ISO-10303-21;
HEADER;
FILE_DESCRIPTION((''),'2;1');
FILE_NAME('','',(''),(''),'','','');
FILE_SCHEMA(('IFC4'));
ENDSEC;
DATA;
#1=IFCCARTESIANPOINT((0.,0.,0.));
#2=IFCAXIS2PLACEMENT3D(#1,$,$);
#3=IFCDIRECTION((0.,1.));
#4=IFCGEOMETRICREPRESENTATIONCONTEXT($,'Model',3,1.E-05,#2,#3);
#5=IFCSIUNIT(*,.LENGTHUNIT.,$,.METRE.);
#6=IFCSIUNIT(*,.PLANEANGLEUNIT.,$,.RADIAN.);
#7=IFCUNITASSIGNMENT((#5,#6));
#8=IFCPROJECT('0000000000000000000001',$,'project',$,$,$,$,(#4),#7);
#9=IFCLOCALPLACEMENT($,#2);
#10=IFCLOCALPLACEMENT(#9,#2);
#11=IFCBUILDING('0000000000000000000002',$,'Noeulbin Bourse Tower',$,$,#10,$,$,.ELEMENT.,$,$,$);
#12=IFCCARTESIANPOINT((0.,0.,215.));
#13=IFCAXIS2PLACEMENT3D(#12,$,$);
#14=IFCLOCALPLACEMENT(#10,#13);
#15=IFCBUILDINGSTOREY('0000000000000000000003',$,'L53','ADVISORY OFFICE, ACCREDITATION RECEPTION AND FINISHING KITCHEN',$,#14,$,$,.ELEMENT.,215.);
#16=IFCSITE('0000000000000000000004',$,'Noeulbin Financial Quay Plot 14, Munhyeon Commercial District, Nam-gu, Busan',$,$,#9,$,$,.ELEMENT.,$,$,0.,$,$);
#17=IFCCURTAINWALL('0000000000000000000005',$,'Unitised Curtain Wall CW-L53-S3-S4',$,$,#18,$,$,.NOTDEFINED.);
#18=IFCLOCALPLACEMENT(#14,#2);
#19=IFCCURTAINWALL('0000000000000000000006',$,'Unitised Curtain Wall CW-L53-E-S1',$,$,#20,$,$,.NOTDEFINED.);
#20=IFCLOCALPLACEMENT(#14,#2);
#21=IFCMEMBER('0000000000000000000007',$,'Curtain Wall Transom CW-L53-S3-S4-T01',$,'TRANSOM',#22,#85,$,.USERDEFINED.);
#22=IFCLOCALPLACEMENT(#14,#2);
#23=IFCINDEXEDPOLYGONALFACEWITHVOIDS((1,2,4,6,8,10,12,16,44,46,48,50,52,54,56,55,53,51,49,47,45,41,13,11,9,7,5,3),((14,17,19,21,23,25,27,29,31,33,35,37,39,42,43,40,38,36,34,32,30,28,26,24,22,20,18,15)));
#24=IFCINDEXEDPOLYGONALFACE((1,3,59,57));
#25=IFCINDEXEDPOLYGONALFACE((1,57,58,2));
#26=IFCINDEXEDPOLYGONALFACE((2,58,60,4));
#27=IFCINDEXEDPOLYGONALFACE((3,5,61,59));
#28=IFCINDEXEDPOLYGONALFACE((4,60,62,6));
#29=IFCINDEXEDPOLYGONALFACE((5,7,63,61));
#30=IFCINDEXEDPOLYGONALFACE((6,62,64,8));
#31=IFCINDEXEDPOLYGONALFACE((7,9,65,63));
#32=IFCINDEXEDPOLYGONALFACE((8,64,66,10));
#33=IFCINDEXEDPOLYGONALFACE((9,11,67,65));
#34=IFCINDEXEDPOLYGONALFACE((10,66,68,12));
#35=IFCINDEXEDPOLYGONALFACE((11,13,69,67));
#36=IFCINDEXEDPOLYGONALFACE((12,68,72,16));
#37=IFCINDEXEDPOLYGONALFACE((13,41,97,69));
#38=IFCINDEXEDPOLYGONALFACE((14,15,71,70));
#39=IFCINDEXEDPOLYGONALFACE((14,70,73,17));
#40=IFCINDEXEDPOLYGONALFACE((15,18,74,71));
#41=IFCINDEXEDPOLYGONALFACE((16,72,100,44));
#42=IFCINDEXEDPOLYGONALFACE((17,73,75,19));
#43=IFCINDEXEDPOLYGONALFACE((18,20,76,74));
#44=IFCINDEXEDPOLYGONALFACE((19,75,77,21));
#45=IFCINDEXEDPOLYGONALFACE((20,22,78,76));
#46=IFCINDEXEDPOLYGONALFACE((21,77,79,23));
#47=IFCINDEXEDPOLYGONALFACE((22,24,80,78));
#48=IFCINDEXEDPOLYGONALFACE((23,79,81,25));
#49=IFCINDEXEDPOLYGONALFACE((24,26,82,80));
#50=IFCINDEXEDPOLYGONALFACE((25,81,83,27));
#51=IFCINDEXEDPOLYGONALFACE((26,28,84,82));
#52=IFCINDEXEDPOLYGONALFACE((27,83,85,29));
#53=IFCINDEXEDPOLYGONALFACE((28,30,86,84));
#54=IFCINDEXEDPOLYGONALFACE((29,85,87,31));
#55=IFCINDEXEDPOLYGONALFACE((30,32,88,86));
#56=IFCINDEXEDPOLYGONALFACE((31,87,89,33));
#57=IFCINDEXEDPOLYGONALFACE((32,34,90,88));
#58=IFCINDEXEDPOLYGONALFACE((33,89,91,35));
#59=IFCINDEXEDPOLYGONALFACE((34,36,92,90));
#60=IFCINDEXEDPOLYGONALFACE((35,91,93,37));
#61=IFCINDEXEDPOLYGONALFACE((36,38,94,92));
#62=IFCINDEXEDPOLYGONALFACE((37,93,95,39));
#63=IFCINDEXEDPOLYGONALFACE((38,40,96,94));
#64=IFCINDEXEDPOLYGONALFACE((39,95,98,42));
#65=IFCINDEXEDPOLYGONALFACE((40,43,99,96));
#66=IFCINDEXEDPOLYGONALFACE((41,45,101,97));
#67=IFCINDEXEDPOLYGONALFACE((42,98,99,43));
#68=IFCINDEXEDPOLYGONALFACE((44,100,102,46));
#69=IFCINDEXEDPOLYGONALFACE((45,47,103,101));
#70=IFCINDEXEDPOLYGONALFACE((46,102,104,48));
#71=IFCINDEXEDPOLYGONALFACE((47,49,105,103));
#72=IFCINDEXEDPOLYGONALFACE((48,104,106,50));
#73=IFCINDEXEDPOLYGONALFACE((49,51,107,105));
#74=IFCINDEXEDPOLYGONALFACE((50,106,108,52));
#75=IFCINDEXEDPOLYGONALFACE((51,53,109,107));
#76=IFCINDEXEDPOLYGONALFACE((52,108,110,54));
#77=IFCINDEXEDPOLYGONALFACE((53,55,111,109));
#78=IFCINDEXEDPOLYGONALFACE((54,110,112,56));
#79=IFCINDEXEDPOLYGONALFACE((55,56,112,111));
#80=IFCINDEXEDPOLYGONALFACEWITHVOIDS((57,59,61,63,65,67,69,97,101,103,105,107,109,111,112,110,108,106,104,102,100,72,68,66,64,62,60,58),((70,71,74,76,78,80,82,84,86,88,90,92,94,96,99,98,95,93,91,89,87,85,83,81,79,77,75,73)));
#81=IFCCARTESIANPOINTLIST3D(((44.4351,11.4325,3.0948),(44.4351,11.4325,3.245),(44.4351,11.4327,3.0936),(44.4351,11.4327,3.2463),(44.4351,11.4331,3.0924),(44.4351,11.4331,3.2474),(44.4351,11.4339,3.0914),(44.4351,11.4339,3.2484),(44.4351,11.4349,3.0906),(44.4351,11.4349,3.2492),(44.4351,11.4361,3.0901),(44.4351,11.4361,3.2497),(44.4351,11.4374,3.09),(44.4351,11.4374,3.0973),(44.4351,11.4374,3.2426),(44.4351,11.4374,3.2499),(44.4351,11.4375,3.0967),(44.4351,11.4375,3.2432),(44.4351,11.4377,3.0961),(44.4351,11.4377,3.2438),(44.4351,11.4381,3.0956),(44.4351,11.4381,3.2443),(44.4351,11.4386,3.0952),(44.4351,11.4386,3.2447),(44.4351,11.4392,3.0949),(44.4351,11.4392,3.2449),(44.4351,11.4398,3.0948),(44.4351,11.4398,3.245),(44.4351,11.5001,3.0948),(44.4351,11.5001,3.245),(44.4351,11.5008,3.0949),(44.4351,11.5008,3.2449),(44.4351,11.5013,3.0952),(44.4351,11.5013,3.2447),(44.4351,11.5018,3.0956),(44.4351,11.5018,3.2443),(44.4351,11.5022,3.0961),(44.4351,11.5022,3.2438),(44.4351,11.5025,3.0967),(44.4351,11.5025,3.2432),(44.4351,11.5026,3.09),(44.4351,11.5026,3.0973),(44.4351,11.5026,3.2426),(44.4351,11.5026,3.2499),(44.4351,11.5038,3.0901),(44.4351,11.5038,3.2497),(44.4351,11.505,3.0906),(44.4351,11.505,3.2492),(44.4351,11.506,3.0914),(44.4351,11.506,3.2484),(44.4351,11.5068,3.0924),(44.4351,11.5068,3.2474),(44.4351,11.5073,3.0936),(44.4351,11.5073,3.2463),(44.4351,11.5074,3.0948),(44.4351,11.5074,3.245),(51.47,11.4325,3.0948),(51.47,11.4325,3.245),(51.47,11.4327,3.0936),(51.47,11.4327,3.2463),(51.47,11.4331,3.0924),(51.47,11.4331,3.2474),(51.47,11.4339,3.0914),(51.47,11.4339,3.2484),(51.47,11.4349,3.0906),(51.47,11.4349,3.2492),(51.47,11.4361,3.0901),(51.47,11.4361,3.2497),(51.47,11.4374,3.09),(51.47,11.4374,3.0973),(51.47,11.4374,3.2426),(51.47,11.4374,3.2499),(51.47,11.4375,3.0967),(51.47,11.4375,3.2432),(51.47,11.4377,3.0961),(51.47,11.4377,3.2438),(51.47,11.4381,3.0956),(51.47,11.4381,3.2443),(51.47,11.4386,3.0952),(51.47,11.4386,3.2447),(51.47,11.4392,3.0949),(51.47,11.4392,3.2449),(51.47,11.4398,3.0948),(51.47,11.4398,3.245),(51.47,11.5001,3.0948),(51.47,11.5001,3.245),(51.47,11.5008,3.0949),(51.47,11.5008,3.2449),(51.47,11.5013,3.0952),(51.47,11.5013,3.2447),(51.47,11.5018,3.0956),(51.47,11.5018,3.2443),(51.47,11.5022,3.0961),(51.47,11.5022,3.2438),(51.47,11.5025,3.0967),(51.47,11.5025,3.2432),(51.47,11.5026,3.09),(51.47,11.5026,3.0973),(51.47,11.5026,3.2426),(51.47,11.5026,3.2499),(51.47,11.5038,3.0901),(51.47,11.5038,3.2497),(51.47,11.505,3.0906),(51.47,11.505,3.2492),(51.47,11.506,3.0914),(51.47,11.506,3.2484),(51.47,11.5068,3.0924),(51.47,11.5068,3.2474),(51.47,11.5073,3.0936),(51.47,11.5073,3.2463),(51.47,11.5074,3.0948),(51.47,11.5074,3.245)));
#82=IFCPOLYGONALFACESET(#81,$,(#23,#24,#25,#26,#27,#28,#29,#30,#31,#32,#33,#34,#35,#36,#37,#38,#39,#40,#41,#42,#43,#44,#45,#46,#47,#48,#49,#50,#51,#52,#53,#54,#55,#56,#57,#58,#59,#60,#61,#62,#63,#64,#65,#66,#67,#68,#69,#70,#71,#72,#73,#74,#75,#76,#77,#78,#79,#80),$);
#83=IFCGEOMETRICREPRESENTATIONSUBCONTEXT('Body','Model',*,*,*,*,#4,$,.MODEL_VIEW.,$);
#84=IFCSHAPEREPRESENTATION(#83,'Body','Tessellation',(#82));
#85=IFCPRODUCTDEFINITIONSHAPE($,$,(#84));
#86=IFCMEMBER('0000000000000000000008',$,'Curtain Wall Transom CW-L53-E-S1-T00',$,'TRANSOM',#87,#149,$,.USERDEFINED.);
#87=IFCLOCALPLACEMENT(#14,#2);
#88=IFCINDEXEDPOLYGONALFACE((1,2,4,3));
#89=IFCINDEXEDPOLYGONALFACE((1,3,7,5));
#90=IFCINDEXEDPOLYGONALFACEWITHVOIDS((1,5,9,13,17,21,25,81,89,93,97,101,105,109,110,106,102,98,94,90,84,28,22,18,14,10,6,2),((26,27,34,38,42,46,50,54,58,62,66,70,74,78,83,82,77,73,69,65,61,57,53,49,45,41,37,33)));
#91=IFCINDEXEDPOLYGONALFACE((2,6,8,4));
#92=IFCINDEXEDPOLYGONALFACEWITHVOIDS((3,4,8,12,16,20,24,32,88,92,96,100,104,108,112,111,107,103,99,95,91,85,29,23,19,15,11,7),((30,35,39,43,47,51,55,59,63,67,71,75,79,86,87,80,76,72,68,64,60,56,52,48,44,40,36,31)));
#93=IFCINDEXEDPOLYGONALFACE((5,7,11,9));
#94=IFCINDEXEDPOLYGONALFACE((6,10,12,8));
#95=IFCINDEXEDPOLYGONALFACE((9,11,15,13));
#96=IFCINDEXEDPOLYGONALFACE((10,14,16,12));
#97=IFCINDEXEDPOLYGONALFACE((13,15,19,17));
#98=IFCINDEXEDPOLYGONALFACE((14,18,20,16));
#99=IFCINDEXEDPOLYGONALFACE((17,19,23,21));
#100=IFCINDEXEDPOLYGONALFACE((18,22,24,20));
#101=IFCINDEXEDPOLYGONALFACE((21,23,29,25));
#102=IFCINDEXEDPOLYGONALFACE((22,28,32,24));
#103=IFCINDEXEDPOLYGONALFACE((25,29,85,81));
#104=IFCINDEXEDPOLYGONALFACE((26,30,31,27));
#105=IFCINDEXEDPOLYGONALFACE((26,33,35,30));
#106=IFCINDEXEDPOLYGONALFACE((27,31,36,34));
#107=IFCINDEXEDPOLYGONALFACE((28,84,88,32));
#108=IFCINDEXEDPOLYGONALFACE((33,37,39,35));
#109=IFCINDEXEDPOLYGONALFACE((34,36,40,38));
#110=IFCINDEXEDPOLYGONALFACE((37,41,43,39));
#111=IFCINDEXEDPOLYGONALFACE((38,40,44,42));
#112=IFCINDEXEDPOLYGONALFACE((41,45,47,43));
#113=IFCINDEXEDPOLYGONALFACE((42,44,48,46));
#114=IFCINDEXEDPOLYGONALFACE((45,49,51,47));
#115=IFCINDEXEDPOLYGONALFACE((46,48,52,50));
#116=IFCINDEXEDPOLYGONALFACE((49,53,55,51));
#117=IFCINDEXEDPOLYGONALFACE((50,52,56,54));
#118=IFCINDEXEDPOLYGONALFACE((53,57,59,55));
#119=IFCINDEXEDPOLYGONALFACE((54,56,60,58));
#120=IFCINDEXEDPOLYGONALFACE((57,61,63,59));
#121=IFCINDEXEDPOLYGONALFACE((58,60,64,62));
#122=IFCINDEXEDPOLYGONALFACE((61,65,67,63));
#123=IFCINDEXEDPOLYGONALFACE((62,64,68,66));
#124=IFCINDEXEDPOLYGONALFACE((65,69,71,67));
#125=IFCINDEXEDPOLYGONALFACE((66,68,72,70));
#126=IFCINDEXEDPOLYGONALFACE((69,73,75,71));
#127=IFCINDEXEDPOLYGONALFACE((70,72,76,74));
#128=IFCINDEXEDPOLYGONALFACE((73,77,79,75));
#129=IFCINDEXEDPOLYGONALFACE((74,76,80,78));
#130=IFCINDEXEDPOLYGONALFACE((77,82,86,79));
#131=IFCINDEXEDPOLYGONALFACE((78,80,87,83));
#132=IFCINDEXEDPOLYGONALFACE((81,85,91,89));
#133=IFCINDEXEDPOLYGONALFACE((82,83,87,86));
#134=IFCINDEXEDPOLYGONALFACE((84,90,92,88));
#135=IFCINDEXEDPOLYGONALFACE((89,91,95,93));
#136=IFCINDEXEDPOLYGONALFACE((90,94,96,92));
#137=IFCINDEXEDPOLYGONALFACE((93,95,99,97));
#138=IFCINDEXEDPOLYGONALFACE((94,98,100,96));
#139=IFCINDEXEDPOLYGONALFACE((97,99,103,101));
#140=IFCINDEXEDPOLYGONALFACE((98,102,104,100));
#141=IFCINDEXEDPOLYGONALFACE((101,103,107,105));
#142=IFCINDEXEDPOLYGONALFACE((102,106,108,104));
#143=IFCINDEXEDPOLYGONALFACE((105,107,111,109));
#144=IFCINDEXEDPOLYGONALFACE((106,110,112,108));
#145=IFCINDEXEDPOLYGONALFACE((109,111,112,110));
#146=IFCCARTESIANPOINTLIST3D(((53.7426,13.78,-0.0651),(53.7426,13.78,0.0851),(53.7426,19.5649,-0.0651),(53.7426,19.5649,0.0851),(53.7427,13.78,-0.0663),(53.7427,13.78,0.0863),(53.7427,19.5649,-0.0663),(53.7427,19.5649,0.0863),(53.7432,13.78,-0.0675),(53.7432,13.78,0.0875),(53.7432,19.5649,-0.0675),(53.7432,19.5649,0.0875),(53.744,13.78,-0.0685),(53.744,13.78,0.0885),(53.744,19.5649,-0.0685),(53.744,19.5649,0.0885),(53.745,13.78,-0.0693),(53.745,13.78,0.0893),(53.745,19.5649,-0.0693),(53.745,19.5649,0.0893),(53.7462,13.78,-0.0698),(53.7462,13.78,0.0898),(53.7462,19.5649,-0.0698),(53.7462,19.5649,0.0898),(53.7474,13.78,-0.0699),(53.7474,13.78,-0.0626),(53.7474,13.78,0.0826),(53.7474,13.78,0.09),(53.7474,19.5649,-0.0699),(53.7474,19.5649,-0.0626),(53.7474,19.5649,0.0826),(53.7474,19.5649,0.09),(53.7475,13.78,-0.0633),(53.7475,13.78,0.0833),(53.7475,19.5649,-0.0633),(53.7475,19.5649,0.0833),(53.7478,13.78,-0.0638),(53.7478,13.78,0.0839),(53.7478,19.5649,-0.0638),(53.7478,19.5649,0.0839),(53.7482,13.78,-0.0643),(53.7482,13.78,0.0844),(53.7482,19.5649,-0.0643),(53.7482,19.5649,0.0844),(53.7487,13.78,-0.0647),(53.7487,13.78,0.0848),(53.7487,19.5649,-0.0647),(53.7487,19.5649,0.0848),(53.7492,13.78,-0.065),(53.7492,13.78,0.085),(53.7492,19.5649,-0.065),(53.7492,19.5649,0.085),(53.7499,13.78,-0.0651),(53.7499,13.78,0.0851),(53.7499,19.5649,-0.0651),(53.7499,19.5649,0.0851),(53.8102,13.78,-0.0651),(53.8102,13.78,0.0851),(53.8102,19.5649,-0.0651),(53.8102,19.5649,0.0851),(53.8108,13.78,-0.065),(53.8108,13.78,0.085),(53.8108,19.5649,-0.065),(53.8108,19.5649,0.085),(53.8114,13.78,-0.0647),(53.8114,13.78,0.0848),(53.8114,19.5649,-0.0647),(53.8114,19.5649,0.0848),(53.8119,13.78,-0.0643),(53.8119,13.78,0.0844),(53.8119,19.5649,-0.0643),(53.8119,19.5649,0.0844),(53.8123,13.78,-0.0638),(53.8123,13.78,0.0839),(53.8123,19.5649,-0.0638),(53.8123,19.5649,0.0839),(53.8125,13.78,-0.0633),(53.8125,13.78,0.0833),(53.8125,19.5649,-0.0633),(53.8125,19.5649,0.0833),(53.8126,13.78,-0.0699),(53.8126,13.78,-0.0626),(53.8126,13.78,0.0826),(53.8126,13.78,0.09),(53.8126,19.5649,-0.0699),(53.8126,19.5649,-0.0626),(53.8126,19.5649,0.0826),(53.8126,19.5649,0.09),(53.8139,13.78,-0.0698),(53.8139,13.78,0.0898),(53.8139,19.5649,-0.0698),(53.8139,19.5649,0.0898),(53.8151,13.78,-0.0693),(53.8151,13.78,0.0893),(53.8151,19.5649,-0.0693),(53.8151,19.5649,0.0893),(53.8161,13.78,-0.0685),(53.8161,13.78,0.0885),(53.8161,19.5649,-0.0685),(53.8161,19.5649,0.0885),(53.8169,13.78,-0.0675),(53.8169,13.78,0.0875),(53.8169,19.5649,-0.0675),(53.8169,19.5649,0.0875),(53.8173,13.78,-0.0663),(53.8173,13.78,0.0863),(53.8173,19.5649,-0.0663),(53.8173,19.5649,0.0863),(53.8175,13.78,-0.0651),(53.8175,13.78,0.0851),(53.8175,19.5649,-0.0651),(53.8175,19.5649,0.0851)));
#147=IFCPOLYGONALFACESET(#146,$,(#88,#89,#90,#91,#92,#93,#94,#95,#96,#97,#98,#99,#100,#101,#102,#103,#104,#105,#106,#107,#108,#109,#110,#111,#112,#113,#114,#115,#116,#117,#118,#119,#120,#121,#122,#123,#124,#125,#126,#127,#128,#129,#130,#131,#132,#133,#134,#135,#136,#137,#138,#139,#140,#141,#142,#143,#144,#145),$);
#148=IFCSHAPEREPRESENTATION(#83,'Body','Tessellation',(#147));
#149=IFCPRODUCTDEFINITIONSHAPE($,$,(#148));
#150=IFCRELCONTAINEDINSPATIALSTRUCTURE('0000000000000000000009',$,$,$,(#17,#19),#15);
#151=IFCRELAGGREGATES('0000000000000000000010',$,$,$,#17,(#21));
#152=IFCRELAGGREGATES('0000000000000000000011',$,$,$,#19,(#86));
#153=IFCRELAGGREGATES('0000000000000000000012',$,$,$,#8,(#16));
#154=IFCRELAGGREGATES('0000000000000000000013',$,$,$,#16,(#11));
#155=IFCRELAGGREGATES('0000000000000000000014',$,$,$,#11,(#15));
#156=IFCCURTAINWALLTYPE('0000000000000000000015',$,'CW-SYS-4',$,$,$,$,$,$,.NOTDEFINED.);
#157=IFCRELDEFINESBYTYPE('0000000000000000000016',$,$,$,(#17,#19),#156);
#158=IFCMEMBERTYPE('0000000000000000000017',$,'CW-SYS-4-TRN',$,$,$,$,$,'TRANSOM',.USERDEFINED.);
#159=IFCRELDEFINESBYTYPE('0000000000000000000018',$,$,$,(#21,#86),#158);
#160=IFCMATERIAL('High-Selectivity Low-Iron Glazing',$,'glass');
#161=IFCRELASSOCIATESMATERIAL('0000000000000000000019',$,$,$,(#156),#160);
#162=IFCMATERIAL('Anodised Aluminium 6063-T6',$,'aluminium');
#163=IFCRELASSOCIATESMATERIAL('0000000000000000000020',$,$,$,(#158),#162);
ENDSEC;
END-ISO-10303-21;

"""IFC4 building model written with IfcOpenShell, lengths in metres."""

from ifc_helpers import new_model, si_unit, direction, frame, origin, origin_2d, place, context, subcontext, project, spatial, hollow_rectangle, extrude, material, material_profile, profile_set, type_object, element, aggregate, save


model = new_model("IFC4")

# Units and contexts
model_context = context("Model", 3, precision=1e-05, world=origin(), true_north=direction((0.0, 1.0)))
body_context = subcontext(model_context, "Body", "Model", "MODEL_VIEW")
ifc_project = project(units=[si_unit("LENGTHUNIT", "METRE"), si_unit("PLANEANGLEUNIT", "RADIAN")], contexts=[model_context])

# Site, building, storey
site_placement = place(None, origin())
site = spatial("IfcSite", under=ifc_project, at=site_placement, Name="Noeulbin Financial Quay Plot 14, Munhyeon Commercial District, Nam-gu, Busan", CompositionType="ELEMENT", RefElevation=0.0)
building_placement = place(site_placement, origin())
building = spatial("IfcBuilding", under=site, at=building_placement, Name="Noeulbin Bourse Tower", CompositionType="ELEMENT")
storey_placement = place(building_placement, frame((0.0, 0.0, 215.0)))
storey = spatial("IfcBuildingStorey", under=building, at=storey_placement, Name="L53", Description="ADVISORY OFFICE, ACCREDITATION RECEPTION AND FINISHING KITCHEN", CompositionType="ELEMENT", Elevation=215.0)

# Curtain walls
ifc_material_1 = material(Name="High-Selectivity Low-Iron Glazing", Category="glass")
curtain_wall_type = type_object("IfcCurtainWallType", Name="CW-SYS-4", PredefinedType="NOTDEFINED", material=ifc_material_1)
ifc_material_2 = material(Name="Anodised Aluminium 6063-T6", Category="aluminium")
curtain_wall_1_placement = place(storey_placement, origin())
curtain_wall_1 = element("IfcCurtainWall", 1, at=curtain_wall_1_placement, inside=storey, type_object=curtain_wall_type, Name="Unitised Curtain Wall CW-L53-S3-S4", PredefinedType="NOTDEFINED")
curtain_wall_2_placement = place(storey_placement, origin())
curtain_wall_2 = element("IfcCurtainWall", 2, at=curtain_wall_2_placement, inside=storey, type_object=curtain_wall_type, Name="Unitised Curtain Wall CW-L53-E-S1", PredefinedType="NOTDEFINED")

# Members
ifc_material_profile_1 = material_profile(ifc_material_2, hollow_rectangle(XDim=0.075, YDim=0.1599, WallThickness=0.0049, InnerFilletRadius=0.0024, OuterFilletRadius=0.0049, at=origin_2d()), Name="ALU-TRAN-75x160x5", Category="LoadBearing")
ifc_profile_set_1 = profile_set([ifc_material_profile_1], Name="Anodised Aluminium 6063-T6")
member_type_1 = type_object("IfcMemberType", Name="CW-SYS-4-TRN", ElementType="TRANSOM", PredefinedType="USERDEFINED", material=ifc_profile_set_1)
member_1_placement = place(storey_placement, frame((44.4351, 11.47, 3.1699), z_axis=(1.0, 0.0, 0.0), x_axis=(0.0, 1.0, 0.0)))
member_1 = element("IfcMember", 3, at=member_1_placement, type_object=member_type_1, Name="Curtain Wall Transom CW-L53-S3-S4-T01", ObjectType="TRANSOM", PredefinedType="USERDEFINED", context=body_context, shape_type="SweptSolid", body=[
    extrude(hollow_rectangle(XDim=0.075, YDim=0.1599, WallThickness=0.0049, InnerFilletRadius=0.0024, OuterFilletRadius=0.0049, at=origin_2d()), origin(), (0.0, 0.0, 1.0), 7.0349),
])
member_2_placement = place(storey_placement, frame((53.78, 13.78, 0.01), z_axis=(0.0, 1.0, 0.0), x_axis=(-1.0, 0.0, 0.0)))
member_2 = element("IfcMember", 4, at=member_2_placement, type_object=member_type_1, Name="Curtain Wall Transom CW-L53-E-S1-T00", ObjectType="TRANSOM", PredefinedType="USERDEFINED", context=body_context, shape_type="SweptSolid", body=[
    extrude(hollow_rectangle(XDim=0.075, YDim=0.1599, WallThickness=0.0049, InnerFilletRadius=0.0024, OuterFilletRadius=0.0049, at=origin_2d()), origin(), (0.0, 0.0, 1.0), 5.7849),
])

aggregate(curtain_wall_1, [member_1])
aggregate(curtain_wall_2, [member_2])

save(model, "model.ifc")
